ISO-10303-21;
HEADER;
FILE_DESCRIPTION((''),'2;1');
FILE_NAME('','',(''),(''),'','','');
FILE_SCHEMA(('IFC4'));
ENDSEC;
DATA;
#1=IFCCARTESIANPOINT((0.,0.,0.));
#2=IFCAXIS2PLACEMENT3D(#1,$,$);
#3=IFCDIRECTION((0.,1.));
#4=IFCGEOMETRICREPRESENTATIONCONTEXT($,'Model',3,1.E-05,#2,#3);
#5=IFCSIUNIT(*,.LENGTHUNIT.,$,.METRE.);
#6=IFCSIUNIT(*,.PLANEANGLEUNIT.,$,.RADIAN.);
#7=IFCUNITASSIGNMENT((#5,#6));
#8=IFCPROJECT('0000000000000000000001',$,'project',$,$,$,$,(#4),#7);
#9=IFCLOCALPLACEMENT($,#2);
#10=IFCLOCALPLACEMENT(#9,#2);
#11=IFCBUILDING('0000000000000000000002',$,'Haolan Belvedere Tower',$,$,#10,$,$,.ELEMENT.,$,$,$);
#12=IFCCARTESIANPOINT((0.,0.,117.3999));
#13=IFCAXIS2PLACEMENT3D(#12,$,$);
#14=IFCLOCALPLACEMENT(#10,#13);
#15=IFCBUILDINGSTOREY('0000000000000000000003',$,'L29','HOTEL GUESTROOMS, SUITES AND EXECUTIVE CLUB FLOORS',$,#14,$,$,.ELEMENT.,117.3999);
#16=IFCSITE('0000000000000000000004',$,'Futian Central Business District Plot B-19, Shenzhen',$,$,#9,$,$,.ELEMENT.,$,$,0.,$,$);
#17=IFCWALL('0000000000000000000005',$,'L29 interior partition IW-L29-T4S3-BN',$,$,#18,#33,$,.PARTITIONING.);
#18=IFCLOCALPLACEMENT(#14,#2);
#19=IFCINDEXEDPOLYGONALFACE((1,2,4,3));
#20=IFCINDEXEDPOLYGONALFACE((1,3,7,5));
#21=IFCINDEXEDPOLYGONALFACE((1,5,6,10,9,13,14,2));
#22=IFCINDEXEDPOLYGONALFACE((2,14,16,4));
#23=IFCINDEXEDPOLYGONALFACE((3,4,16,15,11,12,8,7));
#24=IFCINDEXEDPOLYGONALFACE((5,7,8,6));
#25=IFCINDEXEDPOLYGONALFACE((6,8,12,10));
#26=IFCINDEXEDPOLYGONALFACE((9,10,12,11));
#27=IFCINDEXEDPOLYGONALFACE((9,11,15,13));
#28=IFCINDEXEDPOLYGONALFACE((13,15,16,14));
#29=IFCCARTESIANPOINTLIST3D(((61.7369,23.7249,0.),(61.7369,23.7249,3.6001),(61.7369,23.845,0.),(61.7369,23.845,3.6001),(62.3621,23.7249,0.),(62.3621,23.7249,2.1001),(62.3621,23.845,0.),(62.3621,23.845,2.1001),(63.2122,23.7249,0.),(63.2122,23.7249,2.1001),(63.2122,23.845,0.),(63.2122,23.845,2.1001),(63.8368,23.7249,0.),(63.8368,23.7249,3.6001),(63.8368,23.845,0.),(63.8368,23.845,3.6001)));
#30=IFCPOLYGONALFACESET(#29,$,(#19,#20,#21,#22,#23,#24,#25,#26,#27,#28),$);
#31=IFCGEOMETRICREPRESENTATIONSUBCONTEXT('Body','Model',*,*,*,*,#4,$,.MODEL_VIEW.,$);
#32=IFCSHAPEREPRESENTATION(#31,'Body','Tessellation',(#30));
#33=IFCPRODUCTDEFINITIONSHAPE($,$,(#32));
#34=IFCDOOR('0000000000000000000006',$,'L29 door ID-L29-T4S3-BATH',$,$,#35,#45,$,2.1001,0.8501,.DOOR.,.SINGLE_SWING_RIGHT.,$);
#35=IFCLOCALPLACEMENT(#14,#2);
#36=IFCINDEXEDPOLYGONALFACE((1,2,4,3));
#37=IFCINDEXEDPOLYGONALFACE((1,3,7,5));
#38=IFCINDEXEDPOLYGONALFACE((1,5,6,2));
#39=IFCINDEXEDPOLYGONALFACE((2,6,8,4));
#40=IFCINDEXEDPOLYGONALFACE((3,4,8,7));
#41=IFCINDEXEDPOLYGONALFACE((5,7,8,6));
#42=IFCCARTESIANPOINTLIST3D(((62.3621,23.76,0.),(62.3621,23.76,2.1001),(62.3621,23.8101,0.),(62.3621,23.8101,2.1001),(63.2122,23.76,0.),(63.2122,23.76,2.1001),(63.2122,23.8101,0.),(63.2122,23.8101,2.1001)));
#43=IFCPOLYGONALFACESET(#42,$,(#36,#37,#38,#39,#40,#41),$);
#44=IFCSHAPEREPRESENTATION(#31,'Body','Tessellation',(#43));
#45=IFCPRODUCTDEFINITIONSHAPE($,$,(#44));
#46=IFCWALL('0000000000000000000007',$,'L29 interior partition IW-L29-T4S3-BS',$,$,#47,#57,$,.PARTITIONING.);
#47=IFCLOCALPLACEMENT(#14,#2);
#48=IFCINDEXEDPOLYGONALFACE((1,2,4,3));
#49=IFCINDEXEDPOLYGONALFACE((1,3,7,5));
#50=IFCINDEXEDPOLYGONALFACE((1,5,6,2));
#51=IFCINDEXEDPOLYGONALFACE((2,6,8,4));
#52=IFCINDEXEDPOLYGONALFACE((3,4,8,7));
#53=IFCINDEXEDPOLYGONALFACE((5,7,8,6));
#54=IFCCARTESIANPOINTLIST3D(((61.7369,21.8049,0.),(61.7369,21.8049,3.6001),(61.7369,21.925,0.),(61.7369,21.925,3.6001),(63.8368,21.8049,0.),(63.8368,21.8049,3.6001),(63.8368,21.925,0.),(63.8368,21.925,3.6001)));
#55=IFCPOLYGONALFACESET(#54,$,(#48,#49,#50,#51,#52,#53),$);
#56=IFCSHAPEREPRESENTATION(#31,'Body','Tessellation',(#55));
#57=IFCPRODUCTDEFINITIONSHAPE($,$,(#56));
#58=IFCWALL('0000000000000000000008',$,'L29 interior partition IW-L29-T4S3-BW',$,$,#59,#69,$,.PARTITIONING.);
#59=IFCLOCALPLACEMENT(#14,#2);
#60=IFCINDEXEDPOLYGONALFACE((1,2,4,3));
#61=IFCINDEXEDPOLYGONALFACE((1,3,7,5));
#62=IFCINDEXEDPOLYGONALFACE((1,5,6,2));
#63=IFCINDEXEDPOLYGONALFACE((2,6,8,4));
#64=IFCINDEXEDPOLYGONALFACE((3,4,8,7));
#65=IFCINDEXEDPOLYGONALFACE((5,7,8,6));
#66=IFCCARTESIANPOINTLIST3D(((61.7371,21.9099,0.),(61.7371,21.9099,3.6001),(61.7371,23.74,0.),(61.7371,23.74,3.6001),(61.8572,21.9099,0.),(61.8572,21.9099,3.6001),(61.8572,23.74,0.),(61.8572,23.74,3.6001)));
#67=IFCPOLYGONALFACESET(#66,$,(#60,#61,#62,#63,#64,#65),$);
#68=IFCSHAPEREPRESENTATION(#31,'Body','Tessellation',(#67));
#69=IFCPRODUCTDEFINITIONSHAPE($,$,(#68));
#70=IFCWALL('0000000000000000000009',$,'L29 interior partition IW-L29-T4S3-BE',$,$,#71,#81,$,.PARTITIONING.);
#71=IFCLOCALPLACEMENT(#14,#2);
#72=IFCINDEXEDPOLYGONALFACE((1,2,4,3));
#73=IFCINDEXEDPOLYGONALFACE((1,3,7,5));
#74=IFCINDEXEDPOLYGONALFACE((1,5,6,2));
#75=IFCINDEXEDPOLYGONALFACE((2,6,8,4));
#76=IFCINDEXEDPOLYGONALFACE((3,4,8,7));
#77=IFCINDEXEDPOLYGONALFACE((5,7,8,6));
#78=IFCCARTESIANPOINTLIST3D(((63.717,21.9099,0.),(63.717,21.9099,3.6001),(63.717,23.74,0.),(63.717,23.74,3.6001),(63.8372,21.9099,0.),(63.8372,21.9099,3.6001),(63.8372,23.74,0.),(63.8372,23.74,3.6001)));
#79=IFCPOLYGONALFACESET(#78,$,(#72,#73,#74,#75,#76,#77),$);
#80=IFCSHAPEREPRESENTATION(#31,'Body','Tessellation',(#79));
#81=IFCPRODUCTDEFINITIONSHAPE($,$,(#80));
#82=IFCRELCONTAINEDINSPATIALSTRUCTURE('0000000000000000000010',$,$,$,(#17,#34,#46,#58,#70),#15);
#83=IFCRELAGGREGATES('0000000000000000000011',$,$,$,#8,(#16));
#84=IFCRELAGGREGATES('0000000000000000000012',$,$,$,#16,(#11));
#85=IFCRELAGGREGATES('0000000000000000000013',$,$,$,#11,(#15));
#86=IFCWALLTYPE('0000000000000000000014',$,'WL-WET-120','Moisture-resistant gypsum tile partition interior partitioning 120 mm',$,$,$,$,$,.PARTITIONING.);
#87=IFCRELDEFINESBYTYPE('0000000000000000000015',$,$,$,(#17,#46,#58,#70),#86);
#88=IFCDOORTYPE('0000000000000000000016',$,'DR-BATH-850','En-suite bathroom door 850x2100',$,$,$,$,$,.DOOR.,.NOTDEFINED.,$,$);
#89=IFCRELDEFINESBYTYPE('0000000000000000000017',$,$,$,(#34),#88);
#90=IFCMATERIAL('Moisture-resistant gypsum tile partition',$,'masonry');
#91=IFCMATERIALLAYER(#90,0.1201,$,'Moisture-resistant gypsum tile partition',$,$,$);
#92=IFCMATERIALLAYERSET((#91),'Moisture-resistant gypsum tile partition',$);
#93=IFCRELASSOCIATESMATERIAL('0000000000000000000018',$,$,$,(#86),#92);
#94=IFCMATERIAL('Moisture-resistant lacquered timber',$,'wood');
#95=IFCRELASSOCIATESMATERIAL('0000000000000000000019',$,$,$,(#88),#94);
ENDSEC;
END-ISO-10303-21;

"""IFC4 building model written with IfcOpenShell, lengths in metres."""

from ifc_helpers import new_model, si_unit, direction, frame, frame_2d, origin, place, context, subcontext, project, spatial, rectangle, extrude, material, layer, layer_set, type_object, element, fill, save


model = new_model("IFC4")

# Units and contexts
model_context = context("Model", 3, precision=1e-05, world=origin(), true_north=direction((0.0, 1.0)))
body_context = subcontext(model_context, "Body", "Model", "MODEL_VIEW")
ifc_project = project(units=[si_unit("LENGTHUNIT", "METRE"), si_unit("PLANEANGLEUNIT", "RADIAN")], contexts=[model_context])

# Site, building, storey
site_placement = place(None, origin())
site = spatial("IfcSite", under=ifc_project, at=site_placement, Name="Futian Central Business District Plot B-19, Shenzhen", CompositionType="ELEMENT", RefElevation=0.0)
building_placement = place(site_placement, origin())
building = spatial("IfcBuilding", under=site, at=building_placement, Name="Haolan Belvedere Tower", CompositionType="ELEMENT")
storey_placement = place(building_placement, frame((0.0, 0.0, 117.3999)))
storey = spatial("IfcBuildingStorey", under=building, at=storey_placement, Name="L29", Description="HOTEL GUESTROOMS, SUITES AND EXECUTIVE CLUB FLOORS", CompositionType="ELEMENT", Elevation=117.3999)

# Shared definitions
ifc_material_1 = material(Name="Moisture-resistant gypsum tile partition", Category="masonry")
ifc_layer_1 = layer(ifc_material_1, 0.1201, Name="Moisture-resistant gypsum tile partition")
ifc_layer_set_1 = layer_set([ifc_layer_1], Name="Moisture-resistant gypsum tile partition")
wall_type_1 = type_object("IfcWallType", Name="WL-WET-120", Description="Moisture-resistant gypsum tile partition interior partitioning 120 mm", PredefinedType="PARTITIONING", material=ifc_layer_set_1)

# Shared definitions
ifc_material_2 = material(Name="Moisture-resistant lacquered timber", Category="wood")
door_type = type_object("IfcDoorType", Name="DR-BATH-850", Description="En-suite bathroom door 850x2100", OperationType="NOTDEFINED", PredefinedType="DOOR", material=ifc_material_2)

# Wall, opening, door
wall_1_placement = place(storey_placement, frame((61.7371, 23.7849, 0.0), z_axis=(0.0, 0.0, 1.0), x_axis=(1.0, 0.0, 0.0)))
wall_1 = element("IfcWall", 1, at=wall_1_placement, inside=storey, type_object=wall_type_1, Name="L29 interior partition IW-L29-T4S3-BN", PredefinedType="PARTITIONING", context=body_context, shape_type="SweptSolid", body=[
    extrude(rectangle(XDim=2.0999, YDim=0.1201, at=frame_2d((1.0498, 0.0))), origin(), (0.0, 0.0, 1.0), 3.6001),
])
opening_1_placement = place(wall_1_placement, frame((1.4751, 0.0, 0.0), z_axis=(0.0, 0.0, 1.0), x_axis=(-1.0, 0.0, 0.0)))
opening_1 = element("IfcOpeningElement", 2, at=opening_1_placement, cuts=wall_1, PredefinedType="OPENING", context=body_context, shape_type="SweptSolid", body=[
    extrude(rectangle(XDim=0.8501, YDim=2.1001, at=frame_2d((0.425, 1.05))), frame((0.0, 0.0701, 0.0), z_axis=(0.0, -1.0, 0.0), x_axis=(1.0, 0.0, 0.0)), (0.0, 0.0, 1.0), 0.1401),
])
door_1_placement = place(opening_1_placement, origin())
door_1 = element("IfcDoor", 3, at=door_1_placement, inside=storey, type_object=door_type, Name="L29 door ID-L29-T4S3-BATH", OperationType="SINGLE_SWING_RIGHT", OverallHeight=2.1001, OverallWidth=0.8501, PredefinedType="DOOR", context=body_context, shape_type="SweptSolid", body=[
    extrude(rectangle(XDim=0.8501, YDim=2.1001, at=frame_2d((0.425, 1.05))), frame((0.0, 0.0249, 0.0), z_axis=(0.0, -1.0, 0.0), x_axis=(1.0, 0.0, 0.0)), (0.0, 0.0, 1.0), 0.05),
])
fill(opening_1, door_1)

# Walls
wall_2_placement = place(storey_placement, frame((61.7371, 21.865, 0.0), z_axis=(0.0, 0.0, 1.0), x_axis=(1.0, 0.0, 0.0)))
element("IfcWall", 4, at=wall_2_placement, inside=storey, type_object=wall_type_1, Name="L29 interior partition IW-L29-T4S3-BS", PredefinedType="PARTITIONING", context=body_context, shape_type="SweptSolid", body=[
    extrude(rectangle(XDim=2.0999, YDim=0.1201, at=frame_2d((1.0498, 0.0))), origin(), (0.0, 0.0, 1.0), 3.6001),
])
for number, where, z_axis, x_axis, name in (
    (5, (61.7971, 21.9099, 0.0), (0.0, 0.0, 1.0), (0.0, 1.0, 0.0), "L29 interior partition IW-L29-T4S3-BW"),
    (6, (63.7771, 21.9099, 0.0), (0.0, 0.0, 1.0), (0.0, 1.0, 0.0), "L29 interior partition IW-L29-T4S3-BE"),
):
    element("IfcWall", number, at=place(storey_placement, frame(where, z_axis=z_axis, x_axis=x_axis)), inside=storey, type_object=wall_type_1, Name=name, PredefinedType="PARTITIONING", context=body_context, shape_type="SweptSolid", body=[
        extrude(rectangle(XDim=1.8301, YDim=0.1201, at=frame_2d((0.915, 0.0))), origin(), (0.0, 0.0, 1.0), 3.6001),
    ])

save(model, "model.ifc")
